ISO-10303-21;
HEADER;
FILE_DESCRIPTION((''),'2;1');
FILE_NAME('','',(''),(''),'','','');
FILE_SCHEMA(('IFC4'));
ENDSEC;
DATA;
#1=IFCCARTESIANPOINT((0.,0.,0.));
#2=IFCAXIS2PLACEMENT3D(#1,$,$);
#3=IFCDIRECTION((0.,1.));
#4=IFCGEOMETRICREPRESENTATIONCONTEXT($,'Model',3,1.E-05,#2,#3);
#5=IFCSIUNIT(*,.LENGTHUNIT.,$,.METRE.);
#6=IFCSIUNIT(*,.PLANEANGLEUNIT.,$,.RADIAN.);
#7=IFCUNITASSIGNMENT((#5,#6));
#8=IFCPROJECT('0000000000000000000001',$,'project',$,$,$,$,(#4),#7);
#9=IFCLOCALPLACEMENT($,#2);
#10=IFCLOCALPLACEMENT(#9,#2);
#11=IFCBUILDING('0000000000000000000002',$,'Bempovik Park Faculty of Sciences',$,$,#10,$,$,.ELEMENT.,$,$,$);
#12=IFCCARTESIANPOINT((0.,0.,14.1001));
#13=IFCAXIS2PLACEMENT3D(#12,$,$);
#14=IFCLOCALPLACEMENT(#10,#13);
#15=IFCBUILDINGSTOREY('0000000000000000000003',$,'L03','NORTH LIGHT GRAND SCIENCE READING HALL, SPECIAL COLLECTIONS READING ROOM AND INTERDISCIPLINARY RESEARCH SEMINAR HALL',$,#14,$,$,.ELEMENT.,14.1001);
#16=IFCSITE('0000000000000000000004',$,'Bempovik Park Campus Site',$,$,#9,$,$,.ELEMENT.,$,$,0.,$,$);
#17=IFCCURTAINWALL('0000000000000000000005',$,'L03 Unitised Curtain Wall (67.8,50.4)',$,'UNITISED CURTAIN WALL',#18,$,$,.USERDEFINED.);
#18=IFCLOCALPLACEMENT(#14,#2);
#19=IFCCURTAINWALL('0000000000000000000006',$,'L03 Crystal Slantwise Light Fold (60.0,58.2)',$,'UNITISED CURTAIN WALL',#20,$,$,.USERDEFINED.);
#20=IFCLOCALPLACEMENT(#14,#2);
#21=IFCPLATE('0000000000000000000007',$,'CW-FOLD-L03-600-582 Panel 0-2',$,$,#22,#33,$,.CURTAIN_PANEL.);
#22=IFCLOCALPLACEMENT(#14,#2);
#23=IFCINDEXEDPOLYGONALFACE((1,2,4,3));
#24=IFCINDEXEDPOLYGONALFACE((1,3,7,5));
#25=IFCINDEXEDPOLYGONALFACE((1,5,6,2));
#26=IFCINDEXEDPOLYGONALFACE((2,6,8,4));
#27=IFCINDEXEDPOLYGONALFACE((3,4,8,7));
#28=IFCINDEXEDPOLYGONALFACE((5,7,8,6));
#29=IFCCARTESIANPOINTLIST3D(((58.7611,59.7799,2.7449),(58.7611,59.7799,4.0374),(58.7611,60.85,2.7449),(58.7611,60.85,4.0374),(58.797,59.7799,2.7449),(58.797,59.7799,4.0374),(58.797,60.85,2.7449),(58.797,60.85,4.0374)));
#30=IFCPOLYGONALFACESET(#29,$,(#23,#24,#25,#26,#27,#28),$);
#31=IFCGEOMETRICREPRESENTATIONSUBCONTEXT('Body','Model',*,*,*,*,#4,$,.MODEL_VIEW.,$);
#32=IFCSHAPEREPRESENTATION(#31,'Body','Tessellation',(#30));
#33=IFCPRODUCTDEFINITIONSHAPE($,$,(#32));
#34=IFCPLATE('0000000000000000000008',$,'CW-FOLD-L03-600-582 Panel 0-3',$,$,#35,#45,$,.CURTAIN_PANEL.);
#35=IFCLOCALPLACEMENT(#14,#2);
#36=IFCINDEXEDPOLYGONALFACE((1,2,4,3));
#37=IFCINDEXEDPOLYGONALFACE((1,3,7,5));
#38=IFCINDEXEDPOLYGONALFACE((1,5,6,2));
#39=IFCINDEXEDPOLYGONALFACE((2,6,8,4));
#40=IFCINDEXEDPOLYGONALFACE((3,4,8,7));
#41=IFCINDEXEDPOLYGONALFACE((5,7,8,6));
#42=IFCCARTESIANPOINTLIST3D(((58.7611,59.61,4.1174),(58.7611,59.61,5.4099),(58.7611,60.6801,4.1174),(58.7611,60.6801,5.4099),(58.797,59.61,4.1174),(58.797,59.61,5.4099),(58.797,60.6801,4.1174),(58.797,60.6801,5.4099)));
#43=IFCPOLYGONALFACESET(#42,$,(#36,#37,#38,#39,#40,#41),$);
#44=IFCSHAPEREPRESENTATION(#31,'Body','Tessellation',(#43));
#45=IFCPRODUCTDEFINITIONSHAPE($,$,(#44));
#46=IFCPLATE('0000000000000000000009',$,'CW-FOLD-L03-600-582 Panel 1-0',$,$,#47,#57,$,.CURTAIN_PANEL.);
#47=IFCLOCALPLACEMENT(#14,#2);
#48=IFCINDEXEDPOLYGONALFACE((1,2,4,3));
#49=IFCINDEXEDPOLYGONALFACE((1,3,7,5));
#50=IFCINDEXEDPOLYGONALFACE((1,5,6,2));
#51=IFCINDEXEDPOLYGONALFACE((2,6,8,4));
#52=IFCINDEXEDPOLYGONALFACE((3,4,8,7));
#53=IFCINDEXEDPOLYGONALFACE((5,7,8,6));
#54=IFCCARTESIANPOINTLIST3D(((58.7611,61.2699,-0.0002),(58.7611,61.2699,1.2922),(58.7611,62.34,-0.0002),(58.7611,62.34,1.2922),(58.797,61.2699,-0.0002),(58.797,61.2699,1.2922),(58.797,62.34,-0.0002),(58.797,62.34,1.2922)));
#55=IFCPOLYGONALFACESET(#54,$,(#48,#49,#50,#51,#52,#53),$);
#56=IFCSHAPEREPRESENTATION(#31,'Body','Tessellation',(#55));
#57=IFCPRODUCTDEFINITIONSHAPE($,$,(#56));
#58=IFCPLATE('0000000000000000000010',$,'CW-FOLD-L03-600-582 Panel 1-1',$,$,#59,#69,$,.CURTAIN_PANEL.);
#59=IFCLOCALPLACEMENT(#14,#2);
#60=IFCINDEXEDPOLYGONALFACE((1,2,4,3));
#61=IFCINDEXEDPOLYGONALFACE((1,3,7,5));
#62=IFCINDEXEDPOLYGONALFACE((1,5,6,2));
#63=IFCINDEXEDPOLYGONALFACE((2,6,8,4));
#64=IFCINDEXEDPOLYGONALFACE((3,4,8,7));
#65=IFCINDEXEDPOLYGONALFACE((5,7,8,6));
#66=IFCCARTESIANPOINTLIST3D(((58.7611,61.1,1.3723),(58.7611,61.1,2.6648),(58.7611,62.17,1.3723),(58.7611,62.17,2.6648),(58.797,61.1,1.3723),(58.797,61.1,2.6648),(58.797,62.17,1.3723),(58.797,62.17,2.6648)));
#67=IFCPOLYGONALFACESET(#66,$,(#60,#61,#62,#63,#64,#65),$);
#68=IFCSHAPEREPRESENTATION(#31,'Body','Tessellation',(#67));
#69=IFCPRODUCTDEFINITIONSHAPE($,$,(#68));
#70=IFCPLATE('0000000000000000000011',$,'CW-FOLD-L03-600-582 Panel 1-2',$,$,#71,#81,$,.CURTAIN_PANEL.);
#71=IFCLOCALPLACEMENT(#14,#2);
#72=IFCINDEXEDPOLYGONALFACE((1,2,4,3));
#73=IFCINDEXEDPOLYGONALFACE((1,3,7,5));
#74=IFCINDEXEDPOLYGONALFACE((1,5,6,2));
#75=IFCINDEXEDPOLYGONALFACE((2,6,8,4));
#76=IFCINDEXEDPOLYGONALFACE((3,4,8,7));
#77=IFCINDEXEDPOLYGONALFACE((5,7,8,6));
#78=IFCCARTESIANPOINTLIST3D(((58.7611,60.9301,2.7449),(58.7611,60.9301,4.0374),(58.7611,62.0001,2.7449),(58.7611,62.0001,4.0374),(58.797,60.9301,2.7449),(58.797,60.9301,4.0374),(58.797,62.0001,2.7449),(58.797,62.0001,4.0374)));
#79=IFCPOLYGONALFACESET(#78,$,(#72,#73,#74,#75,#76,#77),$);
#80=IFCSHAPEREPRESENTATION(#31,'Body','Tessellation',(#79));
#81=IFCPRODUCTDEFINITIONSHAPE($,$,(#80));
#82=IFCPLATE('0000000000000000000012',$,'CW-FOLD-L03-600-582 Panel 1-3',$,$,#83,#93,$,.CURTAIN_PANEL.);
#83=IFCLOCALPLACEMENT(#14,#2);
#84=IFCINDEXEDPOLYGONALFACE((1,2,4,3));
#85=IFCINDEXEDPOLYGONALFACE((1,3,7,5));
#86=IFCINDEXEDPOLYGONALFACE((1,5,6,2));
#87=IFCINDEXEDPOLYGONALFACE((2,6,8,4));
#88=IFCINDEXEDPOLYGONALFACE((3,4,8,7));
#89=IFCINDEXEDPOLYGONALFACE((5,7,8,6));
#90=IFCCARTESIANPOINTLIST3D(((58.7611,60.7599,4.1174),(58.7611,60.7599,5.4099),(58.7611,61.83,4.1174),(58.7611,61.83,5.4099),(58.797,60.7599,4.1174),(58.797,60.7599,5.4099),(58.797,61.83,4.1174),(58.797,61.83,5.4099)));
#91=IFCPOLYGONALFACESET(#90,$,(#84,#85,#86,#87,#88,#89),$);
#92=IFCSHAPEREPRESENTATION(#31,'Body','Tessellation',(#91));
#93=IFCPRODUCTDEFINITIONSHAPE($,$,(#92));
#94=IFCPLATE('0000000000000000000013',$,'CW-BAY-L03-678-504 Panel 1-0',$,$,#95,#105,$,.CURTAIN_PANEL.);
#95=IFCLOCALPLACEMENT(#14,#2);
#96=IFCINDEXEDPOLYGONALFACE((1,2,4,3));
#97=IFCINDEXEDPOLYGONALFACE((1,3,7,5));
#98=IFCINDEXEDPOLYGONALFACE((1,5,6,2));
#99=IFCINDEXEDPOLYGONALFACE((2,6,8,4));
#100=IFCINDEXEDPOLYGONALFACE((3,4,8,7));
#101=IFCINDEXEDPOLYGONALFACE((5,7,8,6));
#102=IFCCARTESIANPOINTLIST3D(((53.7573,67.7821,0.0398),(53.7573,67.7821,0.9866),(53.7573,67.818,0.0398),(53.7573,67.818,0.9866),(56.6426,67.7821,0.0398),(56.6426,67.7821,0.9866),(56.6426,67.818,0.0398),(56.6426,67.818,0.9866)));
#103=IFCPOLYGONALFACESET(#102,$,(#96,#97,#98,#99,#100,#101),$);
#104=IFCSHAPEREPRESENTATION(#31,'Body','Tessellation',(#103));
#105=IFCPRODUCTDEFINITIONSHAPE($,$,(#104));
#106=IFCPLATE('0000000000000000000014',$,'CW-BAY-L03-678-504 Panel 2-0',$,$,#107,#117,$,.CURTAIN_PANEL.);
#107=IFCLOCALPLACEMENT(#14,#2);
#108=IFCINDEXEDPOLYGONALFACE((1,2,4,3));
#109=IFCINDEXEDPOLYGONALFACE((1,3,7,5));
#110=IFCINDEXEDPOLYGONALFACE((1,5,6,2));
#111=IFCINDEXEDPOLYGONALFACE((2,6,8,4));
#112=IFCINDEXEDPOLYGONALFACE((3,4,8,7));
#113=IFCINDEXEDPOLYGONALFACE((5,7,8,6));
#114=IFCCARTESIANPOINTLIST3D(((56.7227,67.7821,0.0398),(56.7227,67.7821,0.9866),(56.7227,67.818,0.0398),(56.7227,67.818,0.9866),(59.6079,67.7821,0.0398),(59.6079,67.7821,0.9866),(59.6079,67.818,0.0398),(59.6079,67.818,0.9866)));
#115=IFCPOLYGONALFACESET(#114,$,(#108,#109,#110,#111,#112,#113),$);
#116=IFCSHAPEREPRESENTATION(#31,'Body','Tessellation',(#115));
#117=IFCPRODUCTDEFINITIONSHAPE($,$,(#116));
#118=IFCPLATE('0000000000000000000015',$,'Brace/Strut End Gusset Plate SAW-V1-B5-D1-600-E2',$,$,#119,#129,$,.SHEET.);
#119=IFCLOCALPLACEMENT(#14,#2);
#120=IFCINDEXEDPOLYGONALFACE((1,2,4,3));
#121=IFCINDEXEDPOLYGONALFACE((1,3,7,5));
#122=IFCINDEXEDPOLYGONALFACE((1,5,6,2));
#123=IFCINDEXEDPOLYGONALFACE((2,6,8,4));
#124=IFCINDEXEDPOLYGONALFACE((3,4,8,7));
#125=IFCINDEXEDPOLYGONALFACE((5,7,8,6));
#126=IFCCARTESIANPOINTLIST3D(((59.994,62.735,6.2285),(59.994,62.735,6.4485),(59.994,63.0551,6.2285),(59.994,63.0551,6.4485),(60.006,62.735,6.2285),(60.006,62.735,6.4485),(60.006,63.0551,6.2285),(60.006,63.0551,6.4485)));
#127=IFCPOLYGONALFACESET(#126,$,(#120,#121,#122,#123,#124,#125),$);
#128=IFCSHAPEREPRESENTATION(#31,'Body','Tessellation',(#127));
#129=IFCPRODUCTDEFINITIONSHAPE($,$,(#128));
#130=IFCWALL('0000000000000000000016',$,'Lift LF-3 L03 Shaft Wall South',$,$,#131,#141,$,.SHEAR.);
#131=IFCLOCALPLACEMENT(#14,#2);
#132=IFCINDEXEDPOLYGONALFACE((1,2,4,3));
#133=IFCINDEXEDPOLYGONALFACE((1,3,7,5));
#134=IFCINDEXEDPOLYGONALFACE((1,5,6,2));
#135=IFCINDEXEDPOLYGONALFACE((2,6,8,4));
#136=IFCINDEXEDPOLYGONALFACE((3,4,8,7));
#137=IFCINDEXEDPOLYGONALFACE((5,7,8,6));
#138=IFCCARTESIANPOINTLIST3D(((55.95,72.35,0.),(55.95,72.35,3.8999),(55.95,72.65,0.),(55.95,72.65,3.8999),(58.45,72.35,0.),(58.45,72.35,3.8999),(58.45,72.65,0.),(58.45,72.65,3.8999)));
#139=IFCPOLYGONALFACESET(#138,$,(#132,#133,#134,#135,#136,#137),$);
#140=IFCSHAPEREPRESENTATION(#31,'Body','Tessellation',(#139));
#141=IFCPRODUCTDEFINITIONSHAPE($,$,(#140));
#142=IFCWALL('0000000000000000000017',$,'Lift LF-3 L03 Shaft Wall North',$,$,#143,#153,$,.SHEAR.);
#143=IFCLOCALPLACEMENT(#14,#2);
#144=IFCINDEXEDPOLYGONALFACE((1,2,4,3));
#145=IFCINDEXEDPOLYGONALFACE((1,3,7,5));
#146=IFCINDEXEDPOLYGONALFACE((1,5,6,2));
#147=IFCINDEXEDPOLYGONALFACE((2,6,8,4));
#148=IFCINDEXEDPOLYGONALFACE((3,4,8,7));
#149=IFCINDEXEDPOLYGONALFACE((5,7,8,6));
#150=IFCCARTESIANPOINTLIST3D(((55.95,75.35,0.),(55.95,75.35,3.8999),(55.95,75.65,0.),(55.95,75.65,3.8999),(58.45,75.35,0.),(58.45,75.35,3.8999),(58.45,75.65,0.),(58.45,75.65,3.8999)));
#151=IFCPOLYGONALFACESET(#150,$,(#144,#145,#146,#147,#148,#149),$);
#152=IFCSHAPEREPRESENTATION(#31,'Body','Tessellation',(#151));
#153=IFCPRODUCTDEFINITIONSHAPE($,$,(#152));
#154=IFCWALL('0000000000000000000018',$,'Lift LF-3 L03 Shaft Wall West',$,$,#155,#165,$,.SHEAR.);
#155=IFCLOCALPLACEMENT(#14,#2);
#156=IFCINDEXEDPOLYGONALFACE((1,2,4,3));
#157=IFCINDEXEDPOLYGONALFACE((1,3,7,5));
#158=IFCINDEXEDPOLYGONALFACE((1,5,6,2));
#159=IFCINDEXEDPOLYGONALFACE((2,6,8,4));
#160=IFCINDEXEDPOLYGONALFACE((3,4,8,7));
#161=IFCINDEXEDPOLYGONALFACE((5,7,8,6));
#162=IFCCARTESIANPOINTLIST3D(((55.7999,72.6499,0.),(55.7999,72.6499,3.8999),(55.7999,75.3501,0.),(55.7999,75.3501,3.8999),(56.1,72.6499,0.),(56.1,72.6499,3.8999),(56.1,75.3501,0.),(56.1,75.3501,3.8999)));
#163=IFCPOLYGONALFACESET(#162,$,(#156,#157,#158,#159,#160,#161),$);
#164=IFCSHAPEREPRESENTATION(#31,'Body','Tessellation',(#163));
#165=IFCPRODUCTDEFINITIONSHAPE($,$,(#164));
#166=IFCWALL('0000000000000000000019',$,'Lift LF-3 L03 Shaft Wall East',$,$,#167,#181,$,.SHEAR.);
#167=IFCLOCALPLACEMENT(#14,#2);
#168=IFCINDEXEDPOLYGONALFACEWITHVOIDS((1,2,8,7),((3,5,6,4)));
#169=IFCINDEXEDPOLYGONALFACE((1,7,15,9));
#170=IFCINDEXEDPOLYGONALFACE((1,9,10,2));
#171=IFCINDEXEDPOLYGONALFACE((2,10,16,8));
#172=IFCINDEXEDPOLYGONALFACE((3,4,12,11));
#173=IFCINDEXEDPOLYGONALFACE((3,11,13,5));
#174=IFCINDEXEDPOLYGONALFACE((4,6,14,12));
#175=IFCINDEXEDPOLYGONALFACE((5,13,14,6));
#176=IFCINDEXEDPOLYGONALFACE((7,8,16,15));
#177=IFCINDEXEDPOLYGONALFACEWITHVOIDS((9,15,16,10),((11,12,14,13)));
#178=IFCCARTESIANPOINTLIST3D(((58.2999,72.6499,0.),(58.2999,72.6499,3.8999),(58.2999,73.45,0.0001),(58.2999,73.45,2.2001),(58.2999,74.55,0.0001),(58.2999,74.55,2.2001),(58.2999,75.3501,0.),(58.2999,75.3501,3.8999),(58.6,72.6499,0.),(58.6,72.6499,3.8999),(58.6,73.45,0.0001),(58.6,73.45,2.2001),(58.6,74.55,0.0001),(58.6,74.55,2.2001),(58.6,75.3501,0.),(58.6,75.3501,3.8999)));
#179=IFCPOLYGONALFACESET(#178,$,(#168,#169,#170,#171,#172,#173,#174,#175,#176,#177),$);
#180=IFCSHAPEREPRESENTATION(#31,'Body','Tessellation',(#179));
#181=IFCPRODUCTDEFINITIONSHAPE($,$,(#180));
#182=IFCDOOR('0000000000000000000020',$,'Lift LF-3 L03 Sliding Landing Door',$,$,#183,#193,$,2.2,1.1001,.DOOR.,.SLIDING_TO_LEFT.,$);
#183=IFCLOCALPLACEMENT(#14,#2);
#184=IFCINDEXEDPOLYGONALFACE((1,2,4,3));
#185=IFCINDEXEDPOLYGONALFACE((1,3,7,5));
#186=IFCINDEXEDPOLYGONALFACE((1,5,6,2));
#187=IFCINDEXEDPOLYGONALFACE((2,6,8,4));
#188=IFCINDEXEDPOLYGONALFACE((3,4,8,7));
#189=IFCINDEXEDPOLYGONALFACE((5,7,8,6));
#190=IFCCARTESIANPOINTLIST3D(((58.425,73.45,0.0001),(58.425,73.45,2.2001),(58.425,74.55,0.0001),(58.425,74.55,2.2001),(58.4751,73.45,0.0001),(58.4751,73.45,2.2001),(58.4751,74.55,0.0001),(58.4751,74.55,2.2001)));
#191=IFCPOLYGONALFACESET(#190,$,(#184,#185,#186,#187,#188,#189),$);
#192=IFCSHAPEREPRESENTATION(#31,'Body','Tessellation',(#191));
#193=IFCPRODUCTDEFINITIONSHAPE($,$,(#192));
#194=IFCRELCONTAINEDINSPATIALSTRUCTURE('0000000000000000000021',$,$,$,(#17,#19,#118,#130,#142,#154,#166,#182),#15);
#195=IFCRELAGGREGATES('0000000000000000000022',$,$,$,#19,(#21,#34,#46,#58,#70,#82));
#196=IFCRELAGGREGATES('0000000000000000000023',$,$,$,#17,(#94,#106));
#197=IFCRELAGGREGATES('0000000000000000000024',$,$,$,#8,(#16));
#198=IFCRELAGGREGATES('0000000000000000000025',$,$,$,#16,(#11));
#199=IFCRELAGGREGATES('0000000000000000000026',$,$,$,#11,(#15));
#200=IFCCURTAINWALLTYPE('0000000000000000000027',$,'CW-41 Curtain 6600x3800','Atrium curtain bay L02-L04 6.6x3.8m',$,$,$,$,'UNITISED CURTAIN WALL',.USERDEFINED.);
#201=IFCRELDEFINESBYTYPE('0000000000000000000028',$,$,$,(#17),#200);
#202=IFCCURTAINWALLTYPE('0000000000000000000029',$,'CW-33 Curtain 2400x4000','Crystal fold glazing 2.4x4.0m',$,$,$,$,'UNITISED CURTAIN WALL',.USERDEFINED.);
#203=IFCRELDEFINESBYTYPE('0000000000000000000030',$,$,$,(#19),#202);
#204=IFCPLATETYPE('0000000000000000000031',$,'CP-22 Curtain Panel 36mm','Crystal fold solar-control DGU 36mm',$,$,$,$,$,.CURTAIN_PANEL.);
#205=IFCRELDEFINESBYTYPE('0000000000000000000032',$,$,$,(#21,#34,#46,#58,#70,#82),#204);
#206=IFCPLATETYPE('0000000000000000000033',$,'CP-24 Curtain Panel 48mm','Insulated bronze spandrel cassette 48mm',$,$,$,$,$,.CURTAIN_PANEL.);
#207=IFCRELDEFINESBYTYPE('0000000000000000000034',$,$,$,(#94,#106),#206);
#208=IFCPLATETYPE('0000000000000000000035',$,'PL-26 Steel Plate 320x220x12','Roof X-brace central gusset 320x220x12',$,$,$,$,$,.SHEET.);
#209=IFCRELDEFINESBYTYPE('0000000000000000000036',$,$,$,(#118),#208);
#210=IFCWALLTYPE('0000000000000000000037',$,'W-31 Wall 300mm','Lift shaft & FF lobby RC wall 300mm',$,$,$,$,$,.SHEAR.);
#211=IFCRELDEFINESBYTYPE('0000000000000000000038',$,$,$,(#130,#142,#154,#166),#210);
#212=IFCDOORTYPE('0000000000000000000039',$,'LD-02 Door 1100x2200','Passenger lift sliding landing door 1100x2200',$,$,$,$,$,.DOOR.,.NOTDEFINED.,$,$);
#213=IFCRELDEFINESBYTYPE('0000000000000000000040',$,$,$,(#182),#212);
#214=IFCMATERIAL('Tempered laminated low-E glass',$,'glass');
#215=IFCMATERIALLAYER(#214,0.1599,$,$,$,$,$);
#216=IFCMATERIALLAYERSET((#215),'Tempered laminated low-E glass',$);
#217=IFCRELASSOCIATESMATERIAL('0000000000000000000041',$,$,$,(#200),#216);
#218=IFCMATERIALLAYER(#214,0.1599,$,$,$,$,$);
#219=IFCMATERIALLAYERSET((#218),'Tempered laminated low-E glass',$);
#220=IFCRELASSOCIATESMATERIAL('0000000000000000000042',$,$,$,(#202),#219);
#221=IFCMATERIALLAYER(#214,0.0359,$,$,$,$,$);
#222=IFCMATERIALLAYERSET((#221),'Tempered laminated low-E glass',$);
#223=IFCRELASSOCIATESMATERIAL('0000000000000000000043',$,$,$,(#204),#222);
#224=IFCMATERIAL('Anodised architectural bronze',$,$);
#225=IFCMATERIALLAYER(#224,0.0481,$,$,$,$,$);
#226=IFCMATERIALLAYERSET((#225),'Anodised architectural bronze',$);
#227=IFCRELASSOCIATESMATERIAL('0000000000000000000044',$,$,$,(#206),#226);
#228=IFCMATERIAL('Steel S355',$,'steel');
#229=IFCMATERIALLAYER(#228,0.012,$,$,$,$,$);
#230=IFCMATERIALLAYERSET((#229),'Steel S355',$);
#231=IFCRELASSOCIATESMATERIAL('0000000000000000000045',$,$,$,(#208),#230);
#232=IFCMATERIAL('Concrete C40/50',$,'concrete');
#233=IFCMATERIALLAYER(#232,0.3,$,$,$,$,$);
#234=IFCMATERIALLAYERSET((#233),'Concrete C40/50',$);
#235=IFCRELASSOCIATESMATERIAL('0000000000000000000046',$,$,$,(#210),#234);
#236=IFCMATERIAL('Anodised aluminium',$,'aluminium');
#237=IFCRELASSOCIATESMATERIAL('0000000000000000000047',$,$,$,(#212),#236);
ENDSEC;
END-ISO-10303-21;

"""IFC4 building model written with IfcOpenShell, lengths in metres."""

from ifc_helpers import new_model, si_unit, direction, frame, frame_2d, origin, origin_2d, place, context, subcontext, project, spatial, rectangle, extrude, material, layer, layer_set, type_object, element, fill, aggregate, save


model = new_model("IFC4")

# Units and contexts
model_context = context("Model", 3, precision=1e-05, world=origin(), true_north=direction((0.0, 1.0)))
body_context = subcontext(model_context, "Body", "Model", "MODEL_VIEW")
ifc_project = project(units=[si_unit("LENGTHUNIT", "METRE"), si_unit("PLANEANGLEUNIT", "RADIAN")], contexts=[model_context])

# Site, building, storey
site_placement = place(None, origin())
site = spatial("IfcSite", under=ifc_project, at=site_placement, Name="Bempovik Park Campus Site", CompositionType="ELEMENT", RefElevation=0.0)
building_placement = place(site_placement, origin())
building = spatial("IfcBuilding", under=site, at=building_placement, Name="Bempovik Park Faculty of Sciences", CompositionType="ELEMENT")
storey_placement = place(building_placement, frame((0.0, 0.0, 14.1001)))
storey = spatial("IfcBuildingStorey", under=building, at=storey_placement, Name="L03", Description="NORTH LIGHT GRAND SCIENCE READING HALL, SPECIAL COLLECTIONS READING ROOM AND INTERDISCIPLINARY RESEARCH SEMINAR HALL", CompositionType="ELEMENT", Elevation=14.1001)

# Curtain walls
ifc_material_1 = material(Name="Tempered laminated low-E glass", Category="glass")
ifc_layer_1 = layer(ifc_material_1, 0.1599)
ifc_layer_set_1 = layer_set([ifc_layer_1], Name="Tempered laminated low-E glass")
curtain_wall_type_1 = type_object("IfcCurtainWallType", Name="CW-41 Curtain 6600x3800", Description="Atrium curtain bay L02-L04 6.6x3.8m", ElementType="UNITISED CURTAIN WALL", PredefinedType="USERDEFINED", material=ifc_layer_set_1)
curtain_wall_1_placement = place(storey_placement, origin())
curtain_wall_1 = element("IfcCurtainWall", 1, at=curtain_wall_1_placement, inside=storey, type_object=curtain_wall_type_1, Name="L03 Unitised Curtain Wall (67.8,50.4)", ObjectType="UNITISED CURTAIN WALL", PredefinedType="USERDEFINED")
ifc_layer_2 = layer(ifc_material_1, 0.1599)
ifc_layer_set_2 = layer_set([ifc_layer_2], Name="Tempered laminated low-E glass")
curtain_wall_type_2 = type_object("IfcCurtainWallType", Name="CW-33 Curtain 2400x4000", Description="Crystal fold glazing 2.4x4.0m", ElementType="UNITISED CURTAIN WALL", PredefinedType="USERDEFINED", material=ifc_layer_set_2)
curtain_wall_2_placement = place(storey_placement, origin())
curtain_wall_2 = element("IfcCurtainWall", 2, at=curtain_wall_2_placement, inside=storey, type_object=curtain_wall_type_2, Name="L03 Crystal Slantwise Light Fold (60.0,58.2)", ObjectType="UNITISED CURTAIN WALL", PredefinedType="USERDEFINED")

# Plates
ifc_layer_3 = layer(ifc_material_1, 0.0359)
ifc_layer_set_3 = layer_set([ifc_layer_3], Name="Tempered laminated low-E glass")
plate_type_1 = type_object("IfcPlateType", Name="CP-22 Curtain Panel 36mm", Description="Crystal fold solar-control DGU 36mm", PredefinedType="CURTAIN_PANEL", material=ifc_layer_set_3)
plate_1_placement = place(storey_placement, frame((58.7791, 60.3149, 2.7449), z_axis=(0.0, 0.0, 1.0), x_axis=(0.0, 1.0, 0.0)))
plate_1 = element("IfcPlate", 3, at=plate_1_placement, type_object=plate_type_1, Name="CW-FOLD-L03-600-582 Panel 0-2", PredefinedType="CURTAIN_PANEL", context=body_context, shape_type="SweptSolid", body=[
    extrude(rectangle(XDim=1.0701, YDim=0.0359, at=origin_2d()), origin(), (0.0, 0.0, 1.0), 1.2925),
])
plate_2_placement = place(storey_placement, frame((58.7791, 60.145, 4.1174), z_axis=(0.0, 0.0, 1.0), x_axis=(0.0, 1.0, 0.0)))
plate_2 = element("IfcPlate", 4, at=plate_2_placement, type_object=plate_type_1, Name="CW-FOLD-L03-600-582 Panel 0-3", PredefinedType="CURTAIN_PANEL", context=body_context, shape_type="SweptSolid", body=[
    extrude(rectangle(XDim=1.0701, YDim=0.0359, at=origin_2d()), origin(), (0.0, 0.0, 1.0), 1.2925),
])
plate_3_placement = place(storey_placement, frame((58.7791, 61.8049, -0.0002), z_axis=(0.0, 0.0, 1.0), x_axis=(0.0, 1.0, 0.0)))
plate_3 = element("IfcPlate", 5, at=plate_3_placement, type_object=plate_type_1, Name="CW-FOLD-L03-600-582 Panel 1-0", PredefinedType="CURTAIN_PANEL", context=body_context, shape_type="SweptSolid", body=[
    extrude(rectangle(XDim=1.0701, YDim=0.0359, at=origin_2d()), origin(), (0.0, 0.0, 1.0), 1.2925),
])
plate_4_placement = place(storey_placement, frame((58.7791, 61.635, 1.3723), z_axis=(0.0, 0.0, 1.0), x_axis=(0.0, 1.0, 0.0)))
plate_4 = element("IfcPlate", 6, at=plate_4_placement, type_object=plate_type_1, Name="CW-FOLD-L03-600-582 Panel 1-1", PredefinedType="CURTAIN_PANEL", context=body_context, shape_type="SweptSolid", body=[
    extrude(rectangle(XDim=1.0701, YDim=0.0359, at=origin_2d()), origin(), (0.0, 0.0, 1.0), 1.2925),
])
plate_5_placement = place(storey_placement, frame((58.7791, 61.4651, 2.7449), z_axis=(0.0, 0.0, 1.0), x_axis=(0.0, 1.0, 0.0)))
plate_5 = element("IfcPlate", 7, at=plate_5_placement, type_object=plate_type_1, Name="CW-FOLD-L03-600-582 Panel 1-2", PredefinedType="CURTAIN_PANEL", context=body_context, shape_type="SweptSolid", body=[
    extrude(rectangle(XDim=1.0701, YDim=0.0359, at=origin_2d()), origin(), (0.0, 0.0, 1.0), 1.2925),
])
plate_6_placement = place(storey_placement, frame((58.7791, 61.2949, 4.1174), z_axis=(0.0, 0.0, 1.0), x_axis=(0.0, 1.0, 0.0)))
plate_6 = element("IfcPlate", 8, at=plate_6_placement, type_object=plate_type_1, Name="CW-FOLD-L03-600-582 Panel 1-3", PredefinedType="CURTAIN_PANEL", context=body_context, shape_type="SweptSolid", body=[
    extrude(rectangle(XDim=1.0701, YDim=0.0359, at=origin_2d()), origin(), (0.0, 0.0, 1.0), 1.2925),
])
aggregate(curtain_wall_2, [plate_1, plate_2, plate_3, plate_4, plate_5, plate_6])
ifc_material_2 = material(Name="Anodised architectural bronze")
ifc_layer_4 = layer(ifc_material_2, 0.0481)
ifc_layer_set_4 = layer_set([ifc_layer_4], Name="Anodised architectural bronze")
plate_type_2 = type_object("IfcPlateType", Name="CP-24 Curtain Panel 48mm", Description="Insulated bronze spandrel cassette 48mm", PredefinedType="CURTAIN_PANEL", material=ifc_layer_set_4)
plate_7_placement = place(storey_placement, frame((55.2, 67.8, 0.0398), z_axis=(0.0, 0.0, 1.0), x_axis=(1.0, 0.0, 0.0)))
plate_7 = element("IfcPlate", 9, at=plate_7_placement, type_object=plate_type_2, Name="CW-BAY-L03-678-504 Panel 1-0", PredefinedType="CURTAIN_PANEL", context=body_context, shape_type="SweptSolid", body=[
    extrude(rectangle(XDim=2.8853, YDim=0.0359, at=origin_2d()), origin(), (0.0, 0.0, 1.0), 0.9468),
])
plate_8_placement = place(storey_placement, frame((58.1653, 67.8, 0.0398), z_axis=(0.0, 0.0, 1.0), x_axis=(1.0, 0.0, 0.0)))
plate_8 = element("IfcPlate", 10, at=plate_8_placement, type_object=plate_type_2, Name="CW-BAY-L03-678-504 Panel 2-0", PredefinedType="CURTAIN_PANEL", context=body_context, shape_type="SweptSolid", body=[
    extrude(rectangle(XDim=2.8853, YDim=0.0359, at=origin_2d()), origin(), (0.0, 0.0, 1.0), 0.9468),
])
aggregate(curtain_wall_1, [plate_7, plate_8])
ifc_material_3 = material(Name="Steel S355", Category="steel")
ifc_layer_5 = layer(ifc_material_3, 0.012)
ifc_layer_set_5 = layer_set([ifc_layer_5], Name="Steel S355")
plate_type_3 = type_object("IfcPlateType", Name="PL-26 Steel Plate 320x220x12", Description="Roof X-brace central gusset 320x220x12", PredefinedType="SHEET", material=ifc_layer_set_5)
plate_9_placement = place(storey_placement, frame((60.0, 62.895, 6.2285), z_axis=(0.0, 0.0, 1.0), x_axis=(1.0, 0.0, 0.0)))
element("IfcPlate", 11, at=plate_9_placement, inside=storey, type_object=plate_type_3, Name="Brace/Strut End Gusset Plate SAW-V1-B5-D1-600-E2", PredefinedType="SHEET", context=body_context, shape_type="SweptSolid", body=[
    extrude(rectangle(XDim=0.012, YDim=0.3201, at=origin_2d()), origin(), (0.0, 0.0, 1.0), 0.22),
])

# Walls
ifc_material_4 = material(Name="Concrete C40/50", Category="concrete")
ifc_layer_6 = layer(ifc_material_4, 0.3)
ifc_layer_set_6 = layer_set([ifc_layer_6], Name="Concrete C40/50")
wall_type_1 = type_object("IfcWallType", Name="W-31 Wall 300mm", Description="Lift shaft & FF lobby RC wall 300mm", PredefinedType="SHEAR", material=ifc_layer_set_6)
for number, where, z_axis, x_axis, name in (
    (12, (55.95, 72.5, 0.0), (0.0, 0.0, 1.0), (1.0, 0.0, 0.0), "Lift LF-3 L03 Shaft Wall South"),
    (13, (55.95, 75.5, 0.0), (0.0, 0.0, 1.0), (1.0, 0.0, 0.0), "Lift LF-3 L03 Shaft Wall North"),
):
    element("IfcWall", number, at=place(storey_placement, frame(where, z_axis=z_axis, x_axis=x_axis)), inside=storey, type_object=wall_type_1, Name=name, PredefinedType="SHEAR", context=body_context, shape_type="SweptSolid", body=[
        extrude(rectangle(XDim=2.5, YDim=0.3, at=frame_2d((1.25, 0.0))), origin(), (0.0, 0.0, 1.0), 3.8999),
    ])
wall_1_placement = place(storey_placement, frame((55.95, 72.6499, 0.0), z_axis=(0.0, 0.0, 1.0), x_axis=(0.0, 1.0, 0.0)))
element("IfcWall", 14, at=wall_1_placement, inside=storey, type_object=wall_type_1, Name="Lift LF-3 L03 Shaft Wall West", PredefinedType="SHEAR", context=body_context, shape_type="SweptSolid", body=[
    extrude(rectangle(XDim=2.7002, YDim=0.3, at=frame_2d((1.3501, 0.0))), origin(), (0.0, 0.0, 1.0), 3.8999),
])

# Wall, opening, door
wall_2_placement = place(storey_placement, frame((58.45, 72.6499, 0.0), z_axis=(0.0, 0.0, 1.0), x_axis=(0.0, 1.0, 0.0)))
wall_2 = element("IfcWall", 15, at=wall_2_placement, inside=storey, type_object=wall_type_1, Name="Lift LF-3 L03 Shaft Wall East", PredefinedType="SHEAR", context=body_context, shape_type="SweptSolid", body=[
    extrude(rectangle(XDim=2.7002, YDim=0.3, at=frame_2d((1.3501, 0.0))), origin(), (0.0, 0.0, 1.0), 3.8999),
])
opening_placement = place(wall_2_placement, frame((0.8, 0.0, 0.0)))
opening = element("IfcOpeningElement", 16, at=opening_placement, cuts=wall_2, PredefinedType="OPENING", context=body_context, shape_type="SweptSolid", body=[
    extrude(rectangle(XDim=1.1001, YDim=2.2, at=frame_2d((0.55, 1.1001))), frame((0.0, 0.1602, 0.0), z_axis=(0.0, -1.0, 0.0), x_axis=(1.0, 0.0, 0.0)), (0.0, 0.0, 1.0), 0.3201),
])
ifc_material_5 = material(Name="Anodised aluminium", Category="aluminium")
door_type = type_object("IfcDoorType", Name="LD-02 Door 1100x2200", Description="Passenger lift sliding landing door 1100x2200", OperationType="NOTDEFINED", PredefinedType="DOOR", material=ifc_material_5)
door_placement = place(opening_placement, origin())
door = element("IfcDoor", 17, at=door_placement, inside=storey, type_object=door_type, Name="Lift LF-3 L03 Sliding Landing Door", OperationType="SLIDING_TO_LEFT", OverallHeight=2.2, OverallWidth=1.1001, PredefinedType="DOOR", context=body_context, shape_type="SweptSolid", body=[
    extrude(rectangle(XDim=1.1001, YDim=2.2, at=frame_2d((0.55, 1.1001))), frame((0.0, 0.0249, 0.0), z_axis=(0.0, -1.0, 0.0), x_axis=(1.0, 0.0, 0.0)), (0.0, 0.0, 1.0), 0.05),
])
fill(opening, door)

save(model, "model.ifc")
